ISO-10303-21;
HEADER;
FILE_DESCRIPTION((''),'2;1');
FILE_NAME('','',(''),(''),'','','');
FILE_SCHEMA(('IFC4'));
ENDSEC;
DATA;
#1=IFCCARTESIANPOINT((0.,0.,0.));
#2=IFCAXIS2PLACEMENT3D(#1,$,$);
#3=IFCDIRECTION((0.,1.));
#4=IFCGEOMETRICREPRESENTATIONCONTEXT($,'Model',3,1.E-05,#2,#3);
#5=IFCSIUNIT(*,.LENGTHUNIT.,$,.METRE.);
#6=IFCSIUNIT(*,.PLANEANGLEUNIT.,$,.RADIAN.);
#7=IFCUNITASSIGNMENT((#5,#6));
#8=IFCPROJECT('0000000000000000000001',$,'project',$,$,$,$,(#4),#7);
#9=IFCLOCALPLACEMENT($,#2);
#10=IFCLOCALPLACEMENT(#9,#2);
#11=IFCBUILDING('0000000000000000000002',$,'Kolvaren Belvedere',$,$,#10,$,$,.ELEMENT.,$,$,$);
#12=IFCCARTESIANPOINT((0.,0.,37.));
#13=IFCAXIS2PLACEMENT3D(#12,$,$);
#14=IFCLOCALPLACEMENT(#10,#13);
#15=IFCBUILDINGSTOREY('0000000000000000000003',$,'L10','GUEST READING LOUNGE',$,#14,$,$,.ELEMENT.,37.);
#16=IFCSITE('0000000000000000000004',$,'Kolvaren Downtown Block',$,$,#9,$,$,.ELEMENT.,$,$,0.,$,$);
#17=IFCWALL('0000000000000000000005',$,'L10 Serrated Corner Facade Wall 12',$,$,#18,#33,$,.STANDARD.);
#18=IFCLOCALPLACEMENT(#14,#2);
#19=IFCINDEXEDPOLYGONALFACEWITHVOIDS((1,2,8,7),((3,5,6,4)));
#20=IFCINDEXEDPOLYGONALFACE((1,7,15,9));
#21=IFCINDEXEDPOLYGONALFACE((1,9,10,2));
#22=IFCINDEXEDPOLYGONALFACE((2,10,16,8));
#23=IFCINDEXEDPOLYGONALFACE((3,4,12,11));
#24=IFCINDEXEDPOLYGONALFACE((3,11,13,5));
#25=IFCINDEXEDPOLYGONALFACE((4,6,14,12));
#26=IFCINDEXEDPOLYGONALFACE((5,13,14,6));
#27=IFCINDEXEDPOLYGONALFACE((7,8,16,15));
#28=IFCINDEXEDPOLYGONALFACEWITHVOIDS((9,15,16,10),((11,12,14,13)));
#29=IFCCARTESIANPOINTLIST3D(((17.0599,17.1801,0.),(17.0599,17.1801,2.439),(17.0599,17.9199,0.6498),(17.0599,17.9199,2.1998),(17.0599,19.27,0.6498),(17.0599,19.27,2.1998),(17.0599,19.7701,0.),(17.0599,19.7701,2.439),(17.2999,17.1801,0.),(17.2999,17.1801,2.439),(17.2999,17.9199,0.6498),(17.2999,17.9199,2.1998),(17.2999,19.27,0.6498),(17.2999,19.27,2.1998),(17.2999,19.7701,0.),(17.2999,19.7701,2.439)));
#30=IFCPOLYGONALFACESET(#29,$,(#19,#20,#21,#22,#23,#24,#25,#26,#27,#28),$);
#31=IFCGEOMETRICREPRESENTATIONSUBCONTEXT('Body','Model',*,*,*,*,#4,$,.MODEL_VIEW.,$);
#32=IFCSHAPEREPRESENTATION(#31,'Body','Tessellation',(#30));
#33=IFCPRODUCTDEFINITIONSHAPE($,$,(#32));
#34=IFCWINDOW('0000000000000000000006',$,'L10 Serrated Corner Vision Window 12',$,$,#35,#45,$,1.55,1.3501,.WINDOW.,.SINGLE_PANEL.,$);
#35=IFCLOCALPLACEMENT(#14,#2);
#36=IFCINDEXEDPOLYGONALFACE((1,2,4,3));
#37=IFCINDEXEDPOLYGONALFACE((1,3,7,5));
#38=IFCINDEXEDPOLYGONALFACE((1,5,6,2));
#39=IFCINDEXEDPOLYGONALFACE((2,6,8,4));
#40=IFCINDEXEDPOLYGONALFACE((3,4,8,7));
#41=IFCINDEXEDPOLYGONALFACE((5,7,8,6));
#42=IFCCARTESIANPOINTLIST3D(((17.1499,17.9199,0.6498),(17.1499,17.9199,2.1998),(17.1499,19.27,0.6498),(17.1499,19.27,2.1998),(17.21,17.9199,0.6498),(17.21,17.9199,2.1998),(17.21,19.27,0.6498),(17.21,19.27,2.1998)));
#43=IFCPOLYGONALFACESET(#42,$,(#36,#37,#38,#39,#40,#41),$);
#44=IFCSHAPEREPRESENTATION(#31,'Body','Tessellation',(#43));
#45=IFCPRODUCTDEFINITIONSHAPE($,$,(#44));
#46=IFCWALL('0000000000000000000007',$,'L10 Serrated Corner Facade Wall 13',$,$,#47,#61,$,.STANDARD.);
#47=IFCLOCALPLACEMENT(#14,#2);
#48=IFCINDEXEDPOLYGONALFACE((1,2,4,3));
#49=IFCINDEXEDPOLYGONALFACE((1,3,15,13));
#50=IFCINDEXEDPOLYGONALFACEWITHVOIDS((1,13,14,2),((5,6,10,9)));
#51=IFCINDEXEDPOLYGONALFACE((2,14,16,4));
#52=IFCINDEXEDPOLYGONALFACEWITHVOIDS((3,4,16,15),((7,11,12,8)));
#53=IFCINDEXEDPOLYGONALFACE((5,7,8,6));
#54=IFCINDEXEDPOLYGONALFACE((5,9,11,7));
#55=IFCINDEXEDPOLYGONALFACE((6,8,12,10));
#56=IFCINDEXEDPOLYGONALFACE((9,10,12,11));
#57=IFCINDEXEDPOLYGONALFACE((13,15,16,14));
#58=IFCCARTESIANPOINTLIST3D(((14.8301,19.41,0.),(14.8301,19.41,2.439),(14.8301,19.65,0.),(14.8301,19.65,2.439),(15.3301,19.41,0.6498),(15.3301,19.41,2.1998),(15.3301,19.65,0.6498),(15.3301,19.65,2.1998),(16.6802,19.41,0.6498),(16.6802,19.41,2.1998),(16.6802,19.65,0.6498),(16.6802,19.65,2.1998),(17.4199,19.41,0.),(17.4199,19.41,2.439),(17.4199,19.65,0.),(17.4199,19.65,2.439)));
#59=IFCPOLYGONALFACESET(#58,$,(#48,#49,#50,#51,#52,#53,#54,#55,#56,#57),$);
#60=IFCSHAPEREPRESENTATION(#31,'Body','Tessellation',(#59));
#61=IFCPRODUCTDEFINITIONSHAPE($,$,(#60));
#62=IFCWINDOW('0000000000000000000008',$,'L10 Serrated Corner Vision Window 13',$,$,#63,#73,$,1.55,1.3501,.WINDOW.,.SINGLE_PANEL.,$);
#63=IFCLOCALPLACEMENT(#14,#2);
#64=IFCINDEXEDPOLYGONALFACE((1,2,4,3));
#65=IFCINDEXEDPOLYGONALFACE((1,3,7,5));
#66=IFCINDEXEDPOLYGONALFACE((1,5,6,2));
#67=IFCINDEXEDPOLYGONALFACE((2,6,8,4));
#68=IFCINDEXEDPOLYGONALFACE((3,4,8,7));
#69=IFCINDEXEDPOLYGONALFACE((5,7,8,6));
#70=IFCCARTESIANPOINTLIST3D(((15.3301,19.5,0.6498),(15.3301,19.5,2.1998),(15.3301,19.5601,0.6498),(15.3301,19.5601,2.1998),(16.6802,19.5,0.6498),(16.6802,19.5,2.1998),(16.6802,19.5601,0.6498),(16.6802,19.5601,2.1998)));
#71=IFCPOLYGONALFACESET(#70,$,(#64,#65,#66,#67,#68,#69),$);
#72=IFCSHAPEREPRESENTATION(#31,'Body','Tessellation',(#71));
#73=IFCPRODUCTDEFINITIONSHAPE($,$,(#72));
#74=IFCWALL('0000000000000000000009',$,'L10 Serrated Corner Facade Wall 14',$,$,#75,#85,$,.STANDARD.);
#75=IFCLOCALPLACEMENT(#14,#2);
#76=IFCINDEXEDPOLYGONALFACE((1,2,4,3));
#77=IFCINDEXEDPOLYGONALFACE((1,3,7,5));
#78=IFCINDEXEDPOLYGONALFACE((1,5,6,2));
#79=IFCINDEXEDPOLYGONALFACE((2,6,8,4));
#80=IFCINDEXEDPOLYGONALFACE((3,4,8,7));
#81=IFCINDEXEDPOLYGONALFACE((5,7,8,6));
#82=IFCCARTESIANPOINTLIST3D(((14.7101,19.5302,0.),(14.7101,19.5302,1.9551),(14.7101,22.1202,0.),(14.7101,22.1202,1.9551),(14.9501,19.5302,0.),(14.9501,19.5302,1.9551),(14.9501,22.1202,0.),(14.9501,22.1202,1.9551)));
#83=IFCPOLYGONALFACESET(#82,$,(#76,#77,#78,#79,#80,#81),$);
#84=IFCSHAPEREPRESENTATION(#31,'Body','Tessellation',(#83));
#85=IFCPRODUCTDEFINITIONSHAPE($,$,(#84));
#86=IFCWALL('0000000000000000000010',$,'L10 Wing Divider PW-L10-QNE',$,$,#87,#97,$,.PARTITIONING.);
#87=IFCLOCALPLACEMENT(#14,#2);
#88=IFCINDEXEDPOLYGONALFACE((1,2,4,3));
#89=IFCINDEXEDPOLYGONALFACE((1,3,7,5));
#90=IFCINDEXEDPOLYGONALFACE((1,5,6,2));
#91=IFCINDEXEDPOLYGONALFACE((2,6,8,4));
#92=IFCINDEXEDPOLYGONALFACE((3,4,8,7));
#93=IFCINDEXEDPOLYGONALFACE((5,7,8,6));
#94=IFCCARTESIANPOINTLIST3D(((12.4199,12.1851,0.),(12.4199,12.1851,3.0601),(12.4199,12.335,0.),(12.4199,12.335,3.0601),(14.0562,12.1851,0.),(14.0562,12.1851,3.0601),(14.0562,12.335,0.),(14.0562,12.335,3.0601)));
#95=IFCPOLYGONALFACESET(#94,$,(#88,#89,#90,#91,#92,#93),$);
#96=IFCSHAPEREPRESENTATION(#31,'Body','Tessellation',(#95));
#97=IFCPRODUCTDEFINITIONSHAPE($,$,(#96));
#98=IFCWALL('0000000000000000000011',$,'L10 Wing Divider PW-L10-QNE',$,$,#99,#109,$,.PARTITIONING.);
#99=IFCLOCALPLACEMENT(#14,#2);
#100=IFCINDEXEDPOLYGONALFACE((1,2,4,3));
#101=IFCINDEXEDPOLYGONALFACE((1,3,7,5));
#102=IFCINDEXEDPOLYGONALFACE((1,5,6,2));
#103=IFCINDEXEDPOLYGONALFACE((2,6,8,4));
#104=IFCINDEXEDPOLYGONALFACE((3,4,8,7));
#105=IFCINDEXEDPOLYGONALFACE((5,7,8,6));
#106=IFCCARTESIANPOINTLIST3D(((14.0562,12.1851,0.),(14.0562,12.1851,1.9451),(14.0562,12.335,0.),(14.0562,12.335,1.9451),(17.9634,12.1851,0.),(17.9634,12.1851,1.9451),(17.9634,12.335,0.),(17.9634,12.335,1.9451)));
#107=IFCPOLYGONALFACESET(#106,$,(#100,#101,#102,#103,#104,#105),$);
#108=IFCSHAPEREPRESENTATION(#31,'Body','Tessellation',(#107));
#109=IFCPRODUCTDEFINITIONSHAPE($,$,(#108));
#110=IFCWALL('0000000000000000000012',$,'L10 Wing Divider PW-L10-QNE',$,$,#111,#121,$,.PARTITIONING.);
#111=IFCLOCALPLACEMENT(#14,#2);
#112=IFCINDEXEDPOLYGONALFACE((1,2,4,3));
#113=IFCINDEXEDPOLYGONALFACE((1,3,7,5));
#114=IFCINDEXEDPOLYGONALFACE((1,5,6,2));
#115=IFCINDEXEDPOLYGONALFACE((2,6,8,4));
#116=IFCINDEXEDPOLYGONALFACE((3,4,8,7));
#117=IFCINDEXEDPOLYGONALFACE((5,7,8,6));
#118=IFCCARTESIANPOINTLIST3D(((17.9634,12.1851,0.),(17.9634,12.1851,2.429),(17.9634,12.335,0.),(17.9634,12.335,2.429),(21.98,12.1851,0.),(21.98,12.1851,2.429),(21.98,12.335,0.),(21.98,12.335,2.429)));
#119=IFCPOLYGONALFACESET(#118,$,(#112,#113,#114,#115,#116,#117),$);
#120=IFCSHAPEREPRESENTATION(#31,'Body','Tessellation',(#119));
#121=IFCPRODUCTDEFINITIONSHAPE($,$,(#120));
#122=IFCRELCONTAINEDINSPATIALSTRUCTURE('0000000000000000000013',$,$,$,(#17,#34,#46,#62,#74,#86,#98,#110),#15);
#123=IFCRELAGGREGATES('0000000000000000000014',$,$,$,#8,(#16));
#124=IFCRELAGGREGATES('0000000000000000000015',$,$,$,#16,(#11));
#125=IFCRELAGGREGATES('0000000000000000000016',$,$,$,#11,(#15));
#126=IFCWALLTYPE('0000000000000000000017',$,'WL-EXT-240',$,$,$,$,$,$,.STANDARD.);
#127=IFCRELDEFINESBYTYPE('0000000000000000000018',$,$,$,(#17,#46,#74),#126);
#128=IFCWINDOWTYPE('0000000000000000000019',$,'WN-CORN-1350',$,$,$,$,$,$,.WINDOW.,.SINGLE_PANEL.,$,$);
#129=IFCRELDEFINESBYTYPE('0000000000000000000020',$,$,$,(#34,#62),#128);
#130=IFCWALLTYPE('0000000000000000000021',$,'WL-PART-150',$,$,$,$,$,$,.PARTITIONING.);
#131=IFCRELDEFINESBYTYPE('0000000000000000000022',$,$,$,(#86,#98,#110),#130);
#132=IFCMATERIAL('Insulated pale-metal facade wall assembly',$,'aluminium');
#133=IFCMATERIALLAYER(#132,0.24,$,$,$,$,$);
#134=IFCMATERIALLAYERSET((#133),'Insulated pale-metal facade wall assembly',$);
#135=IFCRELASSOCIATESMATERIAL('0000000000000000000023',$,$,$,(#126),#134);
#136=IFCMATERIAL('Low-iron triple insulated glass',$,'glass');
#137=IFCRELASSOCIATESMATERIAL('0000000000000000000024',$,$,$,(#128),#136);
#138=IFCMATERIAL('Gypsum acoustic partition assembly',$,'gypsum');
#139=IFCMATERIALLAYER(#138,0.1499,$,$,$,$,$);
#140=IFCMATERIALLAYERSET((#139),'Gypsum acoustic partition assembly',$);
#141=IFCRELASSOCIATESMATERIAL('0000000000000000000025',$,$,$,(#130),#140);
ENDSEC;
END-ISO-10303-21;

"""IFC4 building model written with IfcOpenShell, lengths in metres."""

from ifc_helpers import new_model, si_unit, direction, frame, frame_2d, origin, place, context, subcontext, project, spatial, rectangle, extrude, material, layer, layer_set, type_object, element, fill, save


model = new_model("IFC4")

# Units and contexts
model_context = context("Model", 3, precision=1e-05, world=origin(), true_north=direction((0.0, 1.0)))
body_context = subcontext(model_context, "Body", "Model", "MODEL_VIEW")
ifc_project = project(units=[si_unit("LENGTHUNIT", "METRE"), si_unit("PLANEANGLEUNIT", "RADIAN")], contexts=[model_context])

# Site, building, storey
site_placement = place(None, origin())
site = spatial("IfcSite", under=ifc_project, at=site_placement, Name="Kolvaren Downtown Block", CompositionType="ELEMENT", RefElevation=0.0)
building_placement = place(site_placement, origin())
building = spatial("IfcBuilding", under=site, at=building_placement, Name="Kolvaren Belvedere", CompositionType="ELEMENT")
storey_placement = place(building_placement, frame((0.0, 0.0, 37.0)))
storey = spatial("IfcBuildingStorey", under=building, at=storey_placement, Name="L10", Description="GUEST READING LOUNGE", CompositionType="ELEMENT", Elevation=37.0)

# Shared definitions
ifc_material_1 = material(Name="Insulated pale-metal facade wall assembly", Category="aluminium")
ifc_layer_1 = layer(ifc_material_1, 0.24)
ifc_layer_set_1 = layer_set([ifc_layer_1], Name="Insulated pale-metal facade wall assembly")
wall_type_1 = type_object("IfcWallType", Name="WL-EXT-240", PredefinedType="STANDARD", material=ifc_layer_set_1)

# Walls, openings, windows
ifc_material_2 = material(Name="Low-iron triple insulated glass", Category="glass")
window_type = type_object("IfcWindowType", Name="WN-CORN-1350", PartitioningType="SINGLE_PANEL", PredefinedType="WINDOW", material=ifc_material_2)
wall_1_placement = place(storey_placement, frame((17.1799, 19.77, 0.0), z_axis=(0.0, 0.0, 1.0), x_axis=(0.0, -1.0, 0.0)))
wall_1 = element("IfcWall", 1, at=wall_1_placement, inside=storey, type_object=wall_type_1, Name="L10 Serrated Corner Facade Wall 12", PredefinedType="STANDARD", context=body_context, shape_type="SweptSolid", body=[
    extrude(rectangle(XDim=2.5901, YDim=0.24, at=frame_2d((1.2949, 0.0))), origin(), (0.0, 0.0, 1.0), 2.439),
])
opening_1_placement = place(wall_1_placement, frame((0.5, 0.0, 0.6499)))
opening_1 = element("IfcOpeningElement", 2, at=opening_1_placement, cuts=wall_1, PredefinedType="OPENING", context=body_context, shape_type="SweptSolid", body=[
    extrude(rectangle(XDim=1.3501, YDim=1.55, at=frame_2d((0.675, 0.7749))), frame((0.0, 0.1299, 0.0), z_axis=(0.0, -1.0, 0.0), x_axis=(1.0, 0.0, 0.0)), (0.0, 0.0, 1.0), 0.26),
])
window_1_placement = place(opening_1_placement, origin())
window_1 = element("IfcWindow", 3, at=window_1_placement, inside=storey, type_object=window_type, Name="L10 Serrated Corner Vision Window 12", OverallHeight=1.55, OverallWidth=1.3501, PartitioningType="SINGLE_PANEL", PredefinedType="WINDOW", context=body_context, shape_type="SweptSolid", body=[
    extrude(rectangle(XDim=1.3501, YDim=1.55, at=frame_2d((0.675, 0.7749))), frame((0.0, 0.03, 0.0), z_axis=(0.0, -1.0, 0.0), x_axis=(1.0, 0.0, 0.0)), (0.0, 0.0, 1.0), 0.0601),
])
fill(opening_1, window_1)
wall_2_placement = place(storey_placement, frame((14.8301, 19.53, 0.0), z_axis=(0.0, 0.0, 1.0), x_axis=(1.0, 0.0, 0.0)))
wall_2 = element("IfcWall", 4, at=wall_2_placement, inside=storey, type_object=wall_type_1, Name="L10 Serrated Corner Facade Wall 13", PredefinedType="STANDARD", context=body_context, shape_type="SweptSolid", body=[
    extrude(rectangle(XDim=2.5898, YDim=0.24, at=frame_2d((1.2949, 0.0))), origin(), (0.0, 0.0, 1.0), 2.439),
])
opening_2_placement = place(wall_2_placement, frame((0.5, 0.0, 0.6499)))
opening_2 = element("IfcOpeningElement", 5, at=opening_2_placement, cuts=wall_2, PredefinedType="OPENING", context=body_context, shape_type="SweptSolid", body=[
    extrude(rectangle(XDim=1.3501, YDim=1.55, at=frame_2d((0.675, 0.7749))), frame((0.0, 0.1299, 0.0), z_axis=(0.0, -1.0, 0.0), x_axis=(1.0, 0.0, 0.0)), (0.0, 0.0, 1.0), 0.26),
])
window_2_placement = place(opening_2_placement, origin())
window_2 = element("IfcWindow", 6, at=window_2_placement, inside=storey, type_object=window_type, Name="L10 Serrated Corner Vision Window 13", OverallHeight=1.55, OverallWidth=1.3501, PartitioningType="SINGLE_PANEL", PredefinedType="WINDOW", context=body_context, shape_type="SweptSolid", body=[
    extrude(rectangle(XDim=1.3501, YDim=1.55, at=frame_2d((0.675, 0.7749))), frame((0.0, 0.03, 0.0), z_axis=(0.0, -1.0, 0.0), x_axis=(1.0, 0.0, 0.0)), (0.0, 0.0, 1.0), 0.0601),
])
fill(opening_2, window_2)

# Walls
wall_3_placement = place(storey_placement, frame((14.8301, 22.1201, 0.0), z_axis=(0.0, 0.0, 1.0), x_axis=(0.0, -1.0, 0.0)))
element("IfcWall", 7, at=wall_3_placement, inside=storey, type_object=wall_type_1, Name="L10 Serrated Corner Facade Wall 14", PredefinedType="STANDARD", context=body_context, shape_type="SweptSolid", body=[
    extrude(rectangle(XDim=2.5901, YDim=0.24, at=frame_2d((1.2949, 0.0))), origin(), (0.0, 0.0, 1.0), 1.9551),
])
ifc_material_3 = material(Name="Gypsum acoustic partition assembly", Category="gypsum")
ifc_layer_2 = layer(ifc_material_3, 0.1499)
ifc_layer_set_2 = layer_set([ifc_layer_2], Name="Gypsum acoustic partition assembly")
wall_type_2 = type_object("IfcWallType", Name="WL-PART-150", PredefinedType="PARTITIONING", material=ifc_layer_set_2)
wall_4_placement = place(storey_placement, frame((12.4199, 12.26, 0.0), z_axis=(0.0, 0.0, 1.0), x_axis=(1.0, 0.0, 0.0)))
element("IfcWall", 8, at=wall_4_placement, inside=storey, type_object=wall_type_2, Name="L10 Wing Divider PW-L10-QNE", PredefinedType="PARTITIONING", context=body_context, shape_type="SweptSolid", body=[
    extrude(rectangle(XDim=1.6362, YDim=0.1499, at=frame_2d((0.8181, 0.0))), origin(), (0.0, 0.0, 1.0), 3.0601),
])
wall_5_placement = place(storey_placement, frame((14.0562, 12.26, 0.0), z_axis=(0.0, 0.0, 1.0), x_axis=(1.0, 0.0, 0.0)))
element("IfcWall", 9, at=wall_5_placement, inside=storey, type_object=wall_type_2, Name="L10 Wing Divider PW-L10-QNE", PredefinedType="PARTITIONING", context=body_context, shape_type="SweptSolid", body=[
    extrude(rectangle(XDim=3.9072, YDim=0.1499, at=frame_2d((1.9536, 0.0))), origin(), (0.0, 0.0, 1.0), 1.9451),
])
wall_6_placement = place(storey_placement, frame((17.9634, 12.26, 0.0), z_axis=(0.0, 0.0, 1.0), x_axis=(1.0, 0.0, 0.0)))
element("IfcWall", 10, at=wall_6_placement, inside=storey, type_object=wall_type_2, Name="L10 Wing Divider PW-L10-QNE", PredefinedType="PARTITIONING", context=body_context, shape_type="SweptSolid", body=[
    extrude(rectangle(XDim=4.0166, YDim=0.1499, at=frame_2d((2.0083, 0.0))), origin(), (0.0, 0.0, 1.0), 2.429),
])

save(model, "model.ifc")
